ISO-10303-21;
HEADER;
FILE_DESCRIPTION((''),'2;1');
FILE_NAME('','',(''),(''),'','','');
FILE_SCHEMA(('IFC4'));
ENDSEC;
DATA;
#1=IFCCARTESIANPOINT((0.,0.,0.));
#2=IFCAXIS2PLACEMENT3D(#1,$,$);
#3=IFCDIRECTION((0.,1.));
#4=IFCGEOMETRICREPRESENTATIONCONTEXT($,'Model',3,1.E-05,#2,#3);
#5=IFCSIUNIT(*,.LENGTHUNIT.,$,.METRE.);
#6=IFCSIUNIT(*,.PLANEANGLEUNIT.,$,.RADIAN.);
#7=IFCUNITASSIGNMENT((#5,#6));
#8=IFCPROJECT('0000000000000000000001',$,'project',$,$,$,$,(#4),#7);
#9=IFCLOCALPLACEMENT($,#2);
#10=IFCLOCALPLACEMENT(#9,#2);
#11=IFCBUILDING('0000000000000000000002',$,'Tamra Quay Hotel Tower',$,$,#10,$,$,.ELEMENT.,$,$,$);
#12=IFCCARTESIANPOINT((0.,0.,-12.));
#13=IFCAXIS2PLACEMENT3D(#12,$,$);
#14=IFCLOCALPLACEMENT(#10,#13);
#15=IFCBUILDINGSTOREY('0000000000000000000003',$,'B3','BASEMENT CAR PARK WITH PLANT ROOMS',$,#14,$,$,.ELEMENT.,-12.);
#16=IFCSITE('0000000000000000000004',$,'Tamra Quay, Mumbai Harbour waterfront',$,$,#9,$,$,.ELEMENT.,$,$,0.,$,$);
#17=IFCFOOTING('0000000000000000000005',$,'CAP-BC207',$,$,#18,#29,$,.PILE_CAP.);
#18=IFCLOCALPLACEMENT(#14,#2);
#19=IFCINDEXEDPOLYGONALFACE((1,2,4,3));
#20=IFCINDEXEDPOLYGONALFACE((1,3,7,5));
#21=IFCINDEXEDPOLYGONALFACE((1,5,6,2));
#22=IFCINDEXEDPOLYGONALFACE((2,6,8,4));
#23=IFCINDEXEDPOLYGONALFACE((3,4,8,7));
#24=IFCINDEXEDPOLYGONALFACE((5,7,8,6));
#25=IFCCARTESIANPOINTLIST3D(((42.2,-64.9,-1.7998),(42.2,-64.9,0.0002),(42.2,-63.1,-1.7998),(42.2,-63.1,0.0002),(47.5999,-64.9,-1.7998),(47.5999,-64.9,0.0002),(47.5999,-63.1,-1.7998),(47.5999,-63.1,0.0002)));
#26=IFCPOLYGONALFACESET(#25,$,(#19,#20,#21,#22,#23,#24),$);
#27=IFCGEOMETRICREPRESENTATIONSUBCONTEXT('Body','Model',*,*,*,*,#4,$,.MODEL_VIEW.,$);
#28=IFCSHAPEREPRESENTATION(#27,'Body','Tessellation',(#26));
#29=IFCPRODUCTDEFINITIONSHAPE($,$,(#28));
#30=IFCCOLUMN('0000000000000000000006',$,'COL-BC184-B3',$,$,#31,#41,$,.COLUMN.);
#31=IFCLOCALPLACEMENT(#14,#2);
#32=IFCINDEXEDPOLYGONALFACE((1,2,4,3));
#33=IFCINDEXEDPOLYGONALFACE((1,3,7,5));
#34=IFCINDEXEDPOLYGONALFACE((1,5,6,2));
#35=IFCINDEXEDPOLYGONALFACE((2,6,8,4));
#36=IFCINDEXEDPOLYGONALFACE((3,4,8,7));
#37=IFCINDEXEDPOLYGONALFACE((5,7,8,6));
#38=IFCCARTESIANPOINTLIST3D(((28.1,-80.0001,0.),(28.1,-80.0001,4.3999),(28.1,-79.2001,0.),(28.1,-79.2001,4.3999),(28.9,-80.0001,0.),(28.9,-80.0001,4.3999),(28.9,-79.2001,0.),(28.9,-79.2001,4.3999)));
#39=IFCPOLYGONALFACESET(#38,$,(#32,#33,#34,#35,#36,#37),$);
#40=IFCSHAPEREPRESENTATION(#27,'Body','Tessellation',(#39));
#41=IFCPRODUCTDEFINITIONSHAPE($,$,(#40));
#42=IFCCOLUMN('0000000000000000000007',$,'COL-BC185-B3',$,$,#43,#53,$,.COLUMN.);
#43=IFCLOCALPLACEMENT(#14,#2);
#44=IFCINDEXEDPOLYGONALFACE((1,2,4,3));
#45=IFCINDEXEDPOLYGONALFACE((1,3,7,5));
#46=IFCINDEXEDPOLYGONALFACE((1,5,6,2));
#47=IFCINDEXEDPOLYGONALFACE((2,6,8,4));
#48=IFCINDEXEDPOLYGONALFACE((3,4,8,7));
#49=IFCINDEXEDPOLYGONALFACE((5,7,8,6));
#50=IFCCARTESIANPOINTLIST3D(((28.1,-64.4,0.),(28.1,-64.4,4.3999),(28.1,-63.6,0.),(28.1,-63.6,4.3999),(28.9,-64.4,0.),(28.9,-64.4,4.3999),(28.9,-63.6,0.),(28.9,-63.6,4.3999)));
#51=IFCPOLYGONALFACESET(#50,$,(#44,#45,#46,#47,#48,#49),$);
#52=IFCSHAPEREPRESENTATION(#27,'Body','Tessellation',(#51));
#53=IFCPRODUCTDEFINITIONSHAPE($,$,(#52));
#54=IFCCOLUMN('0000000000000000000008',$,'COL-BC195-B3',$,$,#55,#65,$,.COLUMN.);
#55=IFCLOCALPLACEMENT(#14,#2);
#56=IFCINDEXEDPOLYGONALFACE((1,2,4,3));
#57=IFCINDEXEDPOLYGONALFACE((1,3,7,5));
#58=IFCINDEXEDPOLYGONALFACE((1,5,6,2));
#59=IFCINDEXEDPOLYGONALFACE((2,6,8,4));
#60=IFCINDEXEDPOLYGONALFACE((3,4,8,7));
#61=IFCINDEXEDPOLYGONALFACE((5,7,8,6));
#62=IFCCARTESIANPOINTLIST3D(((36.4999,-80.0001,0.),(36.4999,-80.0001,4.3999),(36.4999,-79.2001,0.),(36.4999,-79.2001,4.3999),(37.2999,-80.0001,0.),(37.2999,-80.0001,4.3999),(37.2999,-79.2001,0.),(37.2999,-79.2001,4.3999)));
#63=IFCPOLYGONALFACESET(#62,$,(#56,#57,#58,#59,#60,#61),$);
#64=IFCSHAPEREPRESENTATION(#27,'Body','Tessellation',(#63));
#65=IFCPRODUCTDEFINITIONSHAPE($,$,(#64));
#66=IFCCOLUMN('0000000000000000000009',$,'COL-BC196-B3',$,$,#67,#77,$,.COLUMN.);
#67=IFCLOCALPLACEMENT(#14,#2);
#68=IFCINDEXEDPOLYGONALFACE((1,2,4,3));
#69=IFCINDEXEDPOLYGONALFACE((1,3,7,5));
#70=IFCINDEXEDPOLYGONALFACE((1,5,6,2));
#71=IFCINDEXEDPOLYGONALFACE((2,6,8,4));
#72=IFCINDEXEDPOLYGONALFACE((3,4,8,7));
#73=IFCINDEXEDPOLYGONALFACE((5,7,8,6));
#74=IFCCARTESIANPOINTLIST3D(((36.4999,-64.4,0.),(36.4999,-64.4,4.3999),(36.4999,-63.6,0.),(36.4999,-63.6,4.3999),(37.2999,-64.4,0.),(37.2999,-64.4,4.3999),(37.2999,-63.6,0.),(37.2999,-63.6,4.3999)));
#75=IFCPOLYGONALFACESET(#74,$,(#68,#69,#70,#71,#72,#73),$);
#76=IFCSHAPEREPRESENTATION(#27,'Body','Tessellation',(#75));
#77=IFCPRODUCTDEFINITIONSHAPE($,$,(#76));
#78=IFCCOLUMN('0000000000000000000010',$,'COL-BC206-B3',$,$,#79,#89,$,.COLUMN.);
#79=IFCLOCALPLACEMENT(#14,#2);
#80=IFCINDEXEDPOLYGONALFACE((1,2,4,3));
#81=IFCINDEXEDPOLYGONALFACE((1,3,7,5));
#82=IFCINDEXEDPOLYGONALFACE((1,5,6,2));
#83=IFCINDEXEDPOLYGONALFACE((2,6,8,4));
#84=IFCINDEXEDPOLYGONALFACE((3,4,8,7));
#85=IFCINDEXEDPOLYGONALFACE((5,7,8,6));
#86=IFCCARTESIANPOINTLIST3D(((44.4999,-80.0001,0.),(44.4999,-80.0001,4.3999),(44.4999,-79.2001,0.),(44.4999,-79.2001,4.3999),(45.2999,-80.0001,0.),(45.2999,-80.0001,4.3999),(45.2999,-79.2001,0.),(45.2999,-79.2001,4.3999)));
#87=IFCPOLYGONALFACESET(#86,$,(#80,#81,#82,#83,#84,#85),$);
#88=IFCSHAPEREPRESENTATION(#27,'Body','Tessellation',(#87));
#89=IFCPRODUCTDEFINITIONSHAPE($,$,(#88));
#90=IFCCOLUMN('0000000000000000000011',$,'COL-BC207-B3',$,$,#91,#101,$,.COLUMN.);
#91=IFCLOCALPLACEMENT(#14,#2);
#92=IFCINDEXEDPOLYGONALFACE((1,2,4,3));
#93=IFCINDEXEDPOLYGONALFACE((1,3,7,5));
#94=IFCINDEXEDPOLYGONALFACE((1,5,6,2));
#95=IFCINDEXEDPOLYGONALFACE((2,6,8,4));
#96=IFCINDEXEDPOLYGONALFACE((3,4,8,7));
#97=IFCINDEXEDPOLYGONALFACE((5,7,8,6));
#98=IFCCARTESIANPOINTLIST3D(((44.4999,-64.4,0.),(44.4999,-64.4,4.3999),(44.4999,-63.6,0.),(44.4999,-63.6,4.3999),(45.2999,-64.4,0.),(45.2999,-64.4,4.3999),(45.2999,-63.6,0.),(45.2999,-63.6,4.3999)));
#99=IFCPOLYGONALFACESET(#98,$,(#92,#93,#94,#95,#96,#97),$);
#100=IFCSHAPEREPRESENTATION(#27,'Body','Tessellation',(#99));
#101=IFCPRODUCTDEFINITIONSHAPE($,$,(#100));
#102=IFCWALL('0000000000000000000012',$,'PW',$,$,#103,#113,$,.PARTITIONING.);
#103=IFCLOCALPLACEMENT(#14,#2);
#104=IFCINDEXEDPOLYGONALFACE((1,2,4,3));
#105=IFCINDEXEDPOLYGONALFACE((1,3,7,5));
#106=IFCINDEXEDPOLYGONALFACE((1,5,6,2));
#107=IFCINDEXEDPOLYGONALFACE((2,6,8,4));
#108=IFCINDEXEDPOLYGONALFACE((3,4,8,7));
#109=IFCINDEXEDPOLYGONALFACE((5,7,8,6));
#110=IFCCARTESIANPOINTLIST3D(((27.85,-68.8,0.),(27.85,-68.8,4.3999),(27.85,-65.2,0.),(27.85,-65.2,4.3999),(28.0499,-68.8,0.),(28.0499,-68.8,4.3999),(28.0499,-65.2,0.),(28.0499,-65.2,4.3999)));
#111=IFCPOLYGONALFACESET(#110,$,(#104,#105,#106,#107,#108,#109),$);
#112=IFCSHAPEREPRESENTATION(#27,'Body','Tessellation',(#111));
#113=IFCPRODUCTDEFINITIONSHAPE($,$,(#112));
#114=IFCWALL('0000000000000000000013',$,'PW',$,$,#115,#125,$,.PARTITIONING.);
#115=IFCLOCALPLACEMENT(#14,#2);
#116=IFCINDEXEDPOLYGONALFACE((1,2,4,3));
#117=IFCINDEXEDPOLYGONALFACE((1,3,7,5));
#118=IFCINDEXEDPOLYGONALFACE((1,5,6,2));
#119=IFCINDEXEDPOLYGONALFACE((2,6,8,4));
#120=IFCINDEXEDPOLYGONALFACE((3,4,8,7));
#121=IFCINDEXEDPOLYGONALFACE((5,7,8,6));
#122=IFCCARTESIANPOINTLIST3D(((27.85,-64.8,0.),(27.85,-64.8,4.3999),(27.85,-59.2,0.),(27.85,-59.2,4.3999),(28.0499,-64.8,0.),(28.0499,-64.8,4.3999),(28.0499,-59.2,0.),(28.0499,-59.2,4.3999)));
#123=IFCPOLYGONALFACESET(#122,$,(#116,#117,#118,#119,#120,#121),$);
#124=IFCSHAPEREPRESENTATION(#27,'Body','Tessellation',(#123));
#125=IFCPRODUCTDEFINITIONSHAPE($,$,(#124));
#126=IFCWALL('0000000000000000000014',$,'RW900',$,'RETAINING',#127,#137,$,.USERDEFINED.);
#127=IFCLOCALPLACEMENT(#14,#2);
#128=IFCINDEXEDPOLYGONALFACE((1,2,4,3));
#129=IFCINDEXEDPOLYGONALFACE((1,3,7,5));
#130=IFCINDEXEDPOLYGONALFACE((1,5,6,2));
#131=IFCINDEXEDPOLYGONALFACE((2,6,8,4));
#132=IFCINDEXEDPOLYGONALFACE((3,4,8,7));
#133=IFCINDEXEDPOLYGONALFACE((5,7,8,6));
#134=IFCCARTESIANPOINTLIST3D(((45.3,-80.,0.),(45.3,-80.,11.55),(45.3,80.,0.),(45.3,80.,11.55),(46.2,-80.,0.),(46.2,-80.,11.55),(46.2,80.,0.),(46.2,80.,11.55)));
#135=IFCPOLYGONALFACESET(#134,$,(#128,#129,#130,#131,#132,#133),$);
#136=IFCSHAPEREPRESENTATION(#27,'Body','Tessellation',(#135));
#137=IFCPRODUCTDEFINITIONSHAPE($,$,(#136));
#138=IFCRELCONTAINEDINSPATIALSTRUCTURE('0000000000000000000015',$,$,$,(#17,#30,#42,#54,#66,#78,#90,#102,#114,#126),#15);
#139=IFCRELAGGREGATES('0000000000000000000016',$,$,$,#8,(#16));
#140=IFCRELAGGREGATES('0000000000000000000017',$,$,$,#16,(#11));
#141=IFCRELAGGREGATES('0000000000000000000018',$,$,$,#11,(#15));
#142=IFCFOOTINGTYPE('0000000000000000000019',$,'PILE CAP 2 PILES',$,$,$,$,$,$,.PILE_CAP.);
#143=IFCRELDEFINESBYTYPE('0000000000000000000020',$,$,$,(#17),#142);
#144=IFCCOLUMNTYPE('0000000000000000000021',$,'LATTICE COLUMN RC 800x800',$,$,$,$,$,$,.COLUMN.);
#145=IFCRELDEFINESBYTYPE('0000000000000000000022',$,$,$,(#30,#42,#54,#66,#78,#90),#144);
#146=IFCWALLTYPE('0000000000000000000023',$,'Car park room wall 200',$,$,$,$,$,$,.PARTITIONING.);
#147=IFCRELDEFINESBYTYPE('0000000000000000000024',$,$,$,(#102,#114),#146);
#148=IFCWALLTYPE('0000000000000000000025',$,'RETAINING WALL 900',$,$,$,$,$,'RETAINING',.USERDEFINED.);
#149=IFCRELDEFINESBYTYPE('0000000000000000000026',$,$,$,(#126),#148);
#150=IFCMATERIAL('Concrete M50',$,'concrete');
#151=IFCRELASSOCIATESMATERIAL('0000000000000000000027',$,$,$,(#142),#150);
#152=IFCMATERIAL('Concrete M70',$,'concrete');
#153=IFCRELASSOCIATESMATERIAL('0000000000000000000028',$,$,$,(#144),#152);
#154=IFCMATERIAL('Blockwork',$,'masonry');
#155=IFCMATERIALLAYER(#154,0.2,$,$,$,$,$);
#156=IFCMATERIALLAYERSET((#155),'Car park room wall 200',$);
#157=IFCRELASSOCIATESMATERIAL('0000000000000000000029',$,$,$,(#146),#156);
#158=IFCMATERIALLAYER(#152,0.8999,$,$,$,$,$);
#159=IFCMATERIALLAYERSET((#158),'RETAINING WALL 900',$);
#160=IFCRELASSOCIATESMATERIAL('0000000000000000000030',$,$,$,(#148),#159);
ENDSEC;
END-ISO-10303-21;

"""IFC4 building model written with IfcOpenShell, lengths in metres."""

from ifc_helpers import new_model, si_unit, direction, frame, frame_2d, origin, origin_2d, place, context, subcontext, project, spatial, rectangle, extrude, material, layer, layer_set, material_profile, profile_set, type_object, element, save


model = new_model("IFC4")

# Units and contexts
model_context = context("Model", 3, precision=1e-05, world=origin(), true_north=direction((0.0, 1.0)))
body_context = subcontext(model_context, "Body", "Model", "MODEL_VIEW")
ifc_project = project(units=[si_unit("LENGTHUNIT", "METRE"), si_unit("PLANEANGLEUNIT", "RADIAN")], contexts=[model_context])

# Site, building, storey
site_placement = place(None, origin())
site = spatial("IfcSite", under=ifc_project, at=site_placement, Name="Tamra Quay, Mumbai Harbour waterfront", CompositionType="ELEMENT", RefElevation=0.0)
building_placement = place(site_placement, origin())
building = spatial("IfcBuilding", under=site, at=building_placement, Name="Tamra Quay Hotel Tower", CompositionType="ELEMENT")
storey_placement = place(building_placement, frame((0.0, 0.0, -12.0)))
storey = spatial("IfcBuildingStorey", under=building, at=storey_placement, Name="B3", Description="BASEMENT CAR PARK WITH PLANT ROOMS", CompositionType="ELEMENT", Elevation=-12.0)

# Footing
ifc_material_1 = material(Name="Concrete M50", Category="concrete")
footing_type = type_object("IfcFootingType", Name="PILE CAP 2 PILES", PredefinedType="PILE_CAP", material=ifc_material_1)
for number, where, z_axis, x_axis, name in (
    (1, (44.8999, -64.0, -1.7998), (0.0, 0.0, 1.0), (1.0, 0.0, 0.0), "CAP-BC207"),
):
    element("IfcFooting", number, at=place(storey_placement, frame(where, z_axis=z_axis, x_axis=x_axis)), inside=storey, type_object=footing_type, Name=name, PredefinedType="PILE_CAP", context=body_context, shape_type="SweptSolid", body=[
        extrude(rectangle(XDim=5.3999, YDim=1.8, at=origin_2d()), origin(), (0.0, 0.0, 1.0), 1.8),
    ])

# Columns
ifc_material_2 = material(Name="Concrete M70", Category="concrete")
ifc_material_profile_1 = material_profile(ifc_material_2, rectangle(XDim=0.8, YDim=0.8, at=origin_2d()), Name="LATTICE COLUMN RC 800x800")
ifc_profile_set_1 = profile_set([ifc_material_profile_1], Name="Concrete M70")
column_type = type_object("IfcColumnType", Name="LATTICE COLUMN RC 800x800", PredefinedType="COLUMN", material=ifc_profile_set_1)
for number, where, z_axis, x_axis, name in (
    (2, (28.5, -79.6001, 0.0), (0.0, 0.0, 1.0), (1.0, 0.0, 0.0), "COL-BC184-B3"),
    (3, (28.5, -64.0, 0.0), (0.0, 0.0, 1.0), (1.0, 0.0, 0.0), "COL-BC185-B3"),
    (4, (36.8999, -79.6001, 0.0), (0.0, 0.0, 1.0), (1.0, 0.0, 0.0), "COL-BC195-B3"),
    (5, (36.8999, -64.0, 0.0), (0.0, 0.0, 1.0), (1.0, 0.0, 0.0), "COL-BC196-B3"),
    (6, (44.8999, -79.6001, 0.0), (0.0, 0.0, 1.0), (1.0, 0.0, 0.0), "COL-BC206-B3"),
    (7, (44.8999, -64.0, 0.0), (0.0, 0.0, 1.0), (1.0, 0.0, 0.0), "COL-BC207-B3"),
):
    element("IfcColumn", number, at=place(storey_placement, frame(where, z_axis=z_axis, x_axis=x_axis)), inside=storey, type_object=column_type, Name=name, PredefinedType="COLUMN", context=body_context, shape_type="SweptSolid", body=[
        extrude(rectangle(XDim=0.8, YDim=0.8, at=origin_2d()), origin(), (0.0, 0.0, 1.0), 4.3999),
    ])

# Walls
ifc_material_3 = material(Name="Blockwork", Category="masonry")
ifc_layer_1 = layer(ifc_material_3, 0.2)
ifc_layer_set_1 = layer_set([ifc_layer_1], Name="Car park room wall 200")
wall_type_1 = type_object("IfcWallType", Name="Car park room wall 200", PredefinedType="PARTITIONING", material=ifc_layer_set_1)
wall_1_placement = place(storey_placement, frame((27.95, -68.8, 0.0), z_axis=(0.0, 0.0, 1.0), x_axis=(0.0, 1.0, 0.0)))
element("IfcWall", 8, at=wall_1_placement, inside=storey, type_object=wall_type_1, Name="PW", PredefinedType="PARTITIONING", context=body_context, shape_type="SweptSolid", body=[
    extrude(rectangle(XDim=3.6001, YDim=0.2, at=frame_2d((1.8, 0.0))), origin(), (0.0, 0.0, 1.0), 4.3999),
])
wall_2_placement = place(storey_placement, frame((27.95, -64.8, 0.0), z_axis=(0.0, 0.0, 1.0), x_axis=(0.0, 1.0, 0.0)))
element("IfcWall", 9, at=wall_2_placement, inside=storey, type_object=wall_type_1, Name="PW", PredefinedType="PARTITIONING", context=body_context, shape_type="SweptSolid", body=[
    extrude(rectangle(XDim=5.6001, YDim=0.2, at=frame_2d((2.8, 0.0))), origin(), (0.0, 0.0, 1.0), 4.3999),
])
ifc_layer_2 = layer(ifc_material_2, 0.8999)
ifc_layer_set_2 = layer_set([ifc_layer_2], Name="RETAINING WALL 900")
wall_type_2 = type_object("IfcWallType", Name="RETAINING WALL 900", ElementType="RETAINING", PredefinedType="USERDEFINED", material=ifc_layer_set_2)
wall_3_placement = place(storey_placement, frame((45.75, -80.0, 0.0), z_axis=(0.0, 0.0, 1.0), x_axis=(0.0, 1.0, 0.0)))
element("IfcWall", 10, at=wall_3_placement, inside=storey, type_object=wall_type_2, Name="RW900", ObjectType="RETAINING", PredefinedType="USERDEFINED", context=body_context, shape_type="SweptSolid", body=[
    extrude(rectangle(XDim=160.0, YDim=0.8999, at=frame_2d((80.0, 0.0))), origin(), (0.0, 0.0, 1.0), 11.55),
])

save(model, "model.ifc")
